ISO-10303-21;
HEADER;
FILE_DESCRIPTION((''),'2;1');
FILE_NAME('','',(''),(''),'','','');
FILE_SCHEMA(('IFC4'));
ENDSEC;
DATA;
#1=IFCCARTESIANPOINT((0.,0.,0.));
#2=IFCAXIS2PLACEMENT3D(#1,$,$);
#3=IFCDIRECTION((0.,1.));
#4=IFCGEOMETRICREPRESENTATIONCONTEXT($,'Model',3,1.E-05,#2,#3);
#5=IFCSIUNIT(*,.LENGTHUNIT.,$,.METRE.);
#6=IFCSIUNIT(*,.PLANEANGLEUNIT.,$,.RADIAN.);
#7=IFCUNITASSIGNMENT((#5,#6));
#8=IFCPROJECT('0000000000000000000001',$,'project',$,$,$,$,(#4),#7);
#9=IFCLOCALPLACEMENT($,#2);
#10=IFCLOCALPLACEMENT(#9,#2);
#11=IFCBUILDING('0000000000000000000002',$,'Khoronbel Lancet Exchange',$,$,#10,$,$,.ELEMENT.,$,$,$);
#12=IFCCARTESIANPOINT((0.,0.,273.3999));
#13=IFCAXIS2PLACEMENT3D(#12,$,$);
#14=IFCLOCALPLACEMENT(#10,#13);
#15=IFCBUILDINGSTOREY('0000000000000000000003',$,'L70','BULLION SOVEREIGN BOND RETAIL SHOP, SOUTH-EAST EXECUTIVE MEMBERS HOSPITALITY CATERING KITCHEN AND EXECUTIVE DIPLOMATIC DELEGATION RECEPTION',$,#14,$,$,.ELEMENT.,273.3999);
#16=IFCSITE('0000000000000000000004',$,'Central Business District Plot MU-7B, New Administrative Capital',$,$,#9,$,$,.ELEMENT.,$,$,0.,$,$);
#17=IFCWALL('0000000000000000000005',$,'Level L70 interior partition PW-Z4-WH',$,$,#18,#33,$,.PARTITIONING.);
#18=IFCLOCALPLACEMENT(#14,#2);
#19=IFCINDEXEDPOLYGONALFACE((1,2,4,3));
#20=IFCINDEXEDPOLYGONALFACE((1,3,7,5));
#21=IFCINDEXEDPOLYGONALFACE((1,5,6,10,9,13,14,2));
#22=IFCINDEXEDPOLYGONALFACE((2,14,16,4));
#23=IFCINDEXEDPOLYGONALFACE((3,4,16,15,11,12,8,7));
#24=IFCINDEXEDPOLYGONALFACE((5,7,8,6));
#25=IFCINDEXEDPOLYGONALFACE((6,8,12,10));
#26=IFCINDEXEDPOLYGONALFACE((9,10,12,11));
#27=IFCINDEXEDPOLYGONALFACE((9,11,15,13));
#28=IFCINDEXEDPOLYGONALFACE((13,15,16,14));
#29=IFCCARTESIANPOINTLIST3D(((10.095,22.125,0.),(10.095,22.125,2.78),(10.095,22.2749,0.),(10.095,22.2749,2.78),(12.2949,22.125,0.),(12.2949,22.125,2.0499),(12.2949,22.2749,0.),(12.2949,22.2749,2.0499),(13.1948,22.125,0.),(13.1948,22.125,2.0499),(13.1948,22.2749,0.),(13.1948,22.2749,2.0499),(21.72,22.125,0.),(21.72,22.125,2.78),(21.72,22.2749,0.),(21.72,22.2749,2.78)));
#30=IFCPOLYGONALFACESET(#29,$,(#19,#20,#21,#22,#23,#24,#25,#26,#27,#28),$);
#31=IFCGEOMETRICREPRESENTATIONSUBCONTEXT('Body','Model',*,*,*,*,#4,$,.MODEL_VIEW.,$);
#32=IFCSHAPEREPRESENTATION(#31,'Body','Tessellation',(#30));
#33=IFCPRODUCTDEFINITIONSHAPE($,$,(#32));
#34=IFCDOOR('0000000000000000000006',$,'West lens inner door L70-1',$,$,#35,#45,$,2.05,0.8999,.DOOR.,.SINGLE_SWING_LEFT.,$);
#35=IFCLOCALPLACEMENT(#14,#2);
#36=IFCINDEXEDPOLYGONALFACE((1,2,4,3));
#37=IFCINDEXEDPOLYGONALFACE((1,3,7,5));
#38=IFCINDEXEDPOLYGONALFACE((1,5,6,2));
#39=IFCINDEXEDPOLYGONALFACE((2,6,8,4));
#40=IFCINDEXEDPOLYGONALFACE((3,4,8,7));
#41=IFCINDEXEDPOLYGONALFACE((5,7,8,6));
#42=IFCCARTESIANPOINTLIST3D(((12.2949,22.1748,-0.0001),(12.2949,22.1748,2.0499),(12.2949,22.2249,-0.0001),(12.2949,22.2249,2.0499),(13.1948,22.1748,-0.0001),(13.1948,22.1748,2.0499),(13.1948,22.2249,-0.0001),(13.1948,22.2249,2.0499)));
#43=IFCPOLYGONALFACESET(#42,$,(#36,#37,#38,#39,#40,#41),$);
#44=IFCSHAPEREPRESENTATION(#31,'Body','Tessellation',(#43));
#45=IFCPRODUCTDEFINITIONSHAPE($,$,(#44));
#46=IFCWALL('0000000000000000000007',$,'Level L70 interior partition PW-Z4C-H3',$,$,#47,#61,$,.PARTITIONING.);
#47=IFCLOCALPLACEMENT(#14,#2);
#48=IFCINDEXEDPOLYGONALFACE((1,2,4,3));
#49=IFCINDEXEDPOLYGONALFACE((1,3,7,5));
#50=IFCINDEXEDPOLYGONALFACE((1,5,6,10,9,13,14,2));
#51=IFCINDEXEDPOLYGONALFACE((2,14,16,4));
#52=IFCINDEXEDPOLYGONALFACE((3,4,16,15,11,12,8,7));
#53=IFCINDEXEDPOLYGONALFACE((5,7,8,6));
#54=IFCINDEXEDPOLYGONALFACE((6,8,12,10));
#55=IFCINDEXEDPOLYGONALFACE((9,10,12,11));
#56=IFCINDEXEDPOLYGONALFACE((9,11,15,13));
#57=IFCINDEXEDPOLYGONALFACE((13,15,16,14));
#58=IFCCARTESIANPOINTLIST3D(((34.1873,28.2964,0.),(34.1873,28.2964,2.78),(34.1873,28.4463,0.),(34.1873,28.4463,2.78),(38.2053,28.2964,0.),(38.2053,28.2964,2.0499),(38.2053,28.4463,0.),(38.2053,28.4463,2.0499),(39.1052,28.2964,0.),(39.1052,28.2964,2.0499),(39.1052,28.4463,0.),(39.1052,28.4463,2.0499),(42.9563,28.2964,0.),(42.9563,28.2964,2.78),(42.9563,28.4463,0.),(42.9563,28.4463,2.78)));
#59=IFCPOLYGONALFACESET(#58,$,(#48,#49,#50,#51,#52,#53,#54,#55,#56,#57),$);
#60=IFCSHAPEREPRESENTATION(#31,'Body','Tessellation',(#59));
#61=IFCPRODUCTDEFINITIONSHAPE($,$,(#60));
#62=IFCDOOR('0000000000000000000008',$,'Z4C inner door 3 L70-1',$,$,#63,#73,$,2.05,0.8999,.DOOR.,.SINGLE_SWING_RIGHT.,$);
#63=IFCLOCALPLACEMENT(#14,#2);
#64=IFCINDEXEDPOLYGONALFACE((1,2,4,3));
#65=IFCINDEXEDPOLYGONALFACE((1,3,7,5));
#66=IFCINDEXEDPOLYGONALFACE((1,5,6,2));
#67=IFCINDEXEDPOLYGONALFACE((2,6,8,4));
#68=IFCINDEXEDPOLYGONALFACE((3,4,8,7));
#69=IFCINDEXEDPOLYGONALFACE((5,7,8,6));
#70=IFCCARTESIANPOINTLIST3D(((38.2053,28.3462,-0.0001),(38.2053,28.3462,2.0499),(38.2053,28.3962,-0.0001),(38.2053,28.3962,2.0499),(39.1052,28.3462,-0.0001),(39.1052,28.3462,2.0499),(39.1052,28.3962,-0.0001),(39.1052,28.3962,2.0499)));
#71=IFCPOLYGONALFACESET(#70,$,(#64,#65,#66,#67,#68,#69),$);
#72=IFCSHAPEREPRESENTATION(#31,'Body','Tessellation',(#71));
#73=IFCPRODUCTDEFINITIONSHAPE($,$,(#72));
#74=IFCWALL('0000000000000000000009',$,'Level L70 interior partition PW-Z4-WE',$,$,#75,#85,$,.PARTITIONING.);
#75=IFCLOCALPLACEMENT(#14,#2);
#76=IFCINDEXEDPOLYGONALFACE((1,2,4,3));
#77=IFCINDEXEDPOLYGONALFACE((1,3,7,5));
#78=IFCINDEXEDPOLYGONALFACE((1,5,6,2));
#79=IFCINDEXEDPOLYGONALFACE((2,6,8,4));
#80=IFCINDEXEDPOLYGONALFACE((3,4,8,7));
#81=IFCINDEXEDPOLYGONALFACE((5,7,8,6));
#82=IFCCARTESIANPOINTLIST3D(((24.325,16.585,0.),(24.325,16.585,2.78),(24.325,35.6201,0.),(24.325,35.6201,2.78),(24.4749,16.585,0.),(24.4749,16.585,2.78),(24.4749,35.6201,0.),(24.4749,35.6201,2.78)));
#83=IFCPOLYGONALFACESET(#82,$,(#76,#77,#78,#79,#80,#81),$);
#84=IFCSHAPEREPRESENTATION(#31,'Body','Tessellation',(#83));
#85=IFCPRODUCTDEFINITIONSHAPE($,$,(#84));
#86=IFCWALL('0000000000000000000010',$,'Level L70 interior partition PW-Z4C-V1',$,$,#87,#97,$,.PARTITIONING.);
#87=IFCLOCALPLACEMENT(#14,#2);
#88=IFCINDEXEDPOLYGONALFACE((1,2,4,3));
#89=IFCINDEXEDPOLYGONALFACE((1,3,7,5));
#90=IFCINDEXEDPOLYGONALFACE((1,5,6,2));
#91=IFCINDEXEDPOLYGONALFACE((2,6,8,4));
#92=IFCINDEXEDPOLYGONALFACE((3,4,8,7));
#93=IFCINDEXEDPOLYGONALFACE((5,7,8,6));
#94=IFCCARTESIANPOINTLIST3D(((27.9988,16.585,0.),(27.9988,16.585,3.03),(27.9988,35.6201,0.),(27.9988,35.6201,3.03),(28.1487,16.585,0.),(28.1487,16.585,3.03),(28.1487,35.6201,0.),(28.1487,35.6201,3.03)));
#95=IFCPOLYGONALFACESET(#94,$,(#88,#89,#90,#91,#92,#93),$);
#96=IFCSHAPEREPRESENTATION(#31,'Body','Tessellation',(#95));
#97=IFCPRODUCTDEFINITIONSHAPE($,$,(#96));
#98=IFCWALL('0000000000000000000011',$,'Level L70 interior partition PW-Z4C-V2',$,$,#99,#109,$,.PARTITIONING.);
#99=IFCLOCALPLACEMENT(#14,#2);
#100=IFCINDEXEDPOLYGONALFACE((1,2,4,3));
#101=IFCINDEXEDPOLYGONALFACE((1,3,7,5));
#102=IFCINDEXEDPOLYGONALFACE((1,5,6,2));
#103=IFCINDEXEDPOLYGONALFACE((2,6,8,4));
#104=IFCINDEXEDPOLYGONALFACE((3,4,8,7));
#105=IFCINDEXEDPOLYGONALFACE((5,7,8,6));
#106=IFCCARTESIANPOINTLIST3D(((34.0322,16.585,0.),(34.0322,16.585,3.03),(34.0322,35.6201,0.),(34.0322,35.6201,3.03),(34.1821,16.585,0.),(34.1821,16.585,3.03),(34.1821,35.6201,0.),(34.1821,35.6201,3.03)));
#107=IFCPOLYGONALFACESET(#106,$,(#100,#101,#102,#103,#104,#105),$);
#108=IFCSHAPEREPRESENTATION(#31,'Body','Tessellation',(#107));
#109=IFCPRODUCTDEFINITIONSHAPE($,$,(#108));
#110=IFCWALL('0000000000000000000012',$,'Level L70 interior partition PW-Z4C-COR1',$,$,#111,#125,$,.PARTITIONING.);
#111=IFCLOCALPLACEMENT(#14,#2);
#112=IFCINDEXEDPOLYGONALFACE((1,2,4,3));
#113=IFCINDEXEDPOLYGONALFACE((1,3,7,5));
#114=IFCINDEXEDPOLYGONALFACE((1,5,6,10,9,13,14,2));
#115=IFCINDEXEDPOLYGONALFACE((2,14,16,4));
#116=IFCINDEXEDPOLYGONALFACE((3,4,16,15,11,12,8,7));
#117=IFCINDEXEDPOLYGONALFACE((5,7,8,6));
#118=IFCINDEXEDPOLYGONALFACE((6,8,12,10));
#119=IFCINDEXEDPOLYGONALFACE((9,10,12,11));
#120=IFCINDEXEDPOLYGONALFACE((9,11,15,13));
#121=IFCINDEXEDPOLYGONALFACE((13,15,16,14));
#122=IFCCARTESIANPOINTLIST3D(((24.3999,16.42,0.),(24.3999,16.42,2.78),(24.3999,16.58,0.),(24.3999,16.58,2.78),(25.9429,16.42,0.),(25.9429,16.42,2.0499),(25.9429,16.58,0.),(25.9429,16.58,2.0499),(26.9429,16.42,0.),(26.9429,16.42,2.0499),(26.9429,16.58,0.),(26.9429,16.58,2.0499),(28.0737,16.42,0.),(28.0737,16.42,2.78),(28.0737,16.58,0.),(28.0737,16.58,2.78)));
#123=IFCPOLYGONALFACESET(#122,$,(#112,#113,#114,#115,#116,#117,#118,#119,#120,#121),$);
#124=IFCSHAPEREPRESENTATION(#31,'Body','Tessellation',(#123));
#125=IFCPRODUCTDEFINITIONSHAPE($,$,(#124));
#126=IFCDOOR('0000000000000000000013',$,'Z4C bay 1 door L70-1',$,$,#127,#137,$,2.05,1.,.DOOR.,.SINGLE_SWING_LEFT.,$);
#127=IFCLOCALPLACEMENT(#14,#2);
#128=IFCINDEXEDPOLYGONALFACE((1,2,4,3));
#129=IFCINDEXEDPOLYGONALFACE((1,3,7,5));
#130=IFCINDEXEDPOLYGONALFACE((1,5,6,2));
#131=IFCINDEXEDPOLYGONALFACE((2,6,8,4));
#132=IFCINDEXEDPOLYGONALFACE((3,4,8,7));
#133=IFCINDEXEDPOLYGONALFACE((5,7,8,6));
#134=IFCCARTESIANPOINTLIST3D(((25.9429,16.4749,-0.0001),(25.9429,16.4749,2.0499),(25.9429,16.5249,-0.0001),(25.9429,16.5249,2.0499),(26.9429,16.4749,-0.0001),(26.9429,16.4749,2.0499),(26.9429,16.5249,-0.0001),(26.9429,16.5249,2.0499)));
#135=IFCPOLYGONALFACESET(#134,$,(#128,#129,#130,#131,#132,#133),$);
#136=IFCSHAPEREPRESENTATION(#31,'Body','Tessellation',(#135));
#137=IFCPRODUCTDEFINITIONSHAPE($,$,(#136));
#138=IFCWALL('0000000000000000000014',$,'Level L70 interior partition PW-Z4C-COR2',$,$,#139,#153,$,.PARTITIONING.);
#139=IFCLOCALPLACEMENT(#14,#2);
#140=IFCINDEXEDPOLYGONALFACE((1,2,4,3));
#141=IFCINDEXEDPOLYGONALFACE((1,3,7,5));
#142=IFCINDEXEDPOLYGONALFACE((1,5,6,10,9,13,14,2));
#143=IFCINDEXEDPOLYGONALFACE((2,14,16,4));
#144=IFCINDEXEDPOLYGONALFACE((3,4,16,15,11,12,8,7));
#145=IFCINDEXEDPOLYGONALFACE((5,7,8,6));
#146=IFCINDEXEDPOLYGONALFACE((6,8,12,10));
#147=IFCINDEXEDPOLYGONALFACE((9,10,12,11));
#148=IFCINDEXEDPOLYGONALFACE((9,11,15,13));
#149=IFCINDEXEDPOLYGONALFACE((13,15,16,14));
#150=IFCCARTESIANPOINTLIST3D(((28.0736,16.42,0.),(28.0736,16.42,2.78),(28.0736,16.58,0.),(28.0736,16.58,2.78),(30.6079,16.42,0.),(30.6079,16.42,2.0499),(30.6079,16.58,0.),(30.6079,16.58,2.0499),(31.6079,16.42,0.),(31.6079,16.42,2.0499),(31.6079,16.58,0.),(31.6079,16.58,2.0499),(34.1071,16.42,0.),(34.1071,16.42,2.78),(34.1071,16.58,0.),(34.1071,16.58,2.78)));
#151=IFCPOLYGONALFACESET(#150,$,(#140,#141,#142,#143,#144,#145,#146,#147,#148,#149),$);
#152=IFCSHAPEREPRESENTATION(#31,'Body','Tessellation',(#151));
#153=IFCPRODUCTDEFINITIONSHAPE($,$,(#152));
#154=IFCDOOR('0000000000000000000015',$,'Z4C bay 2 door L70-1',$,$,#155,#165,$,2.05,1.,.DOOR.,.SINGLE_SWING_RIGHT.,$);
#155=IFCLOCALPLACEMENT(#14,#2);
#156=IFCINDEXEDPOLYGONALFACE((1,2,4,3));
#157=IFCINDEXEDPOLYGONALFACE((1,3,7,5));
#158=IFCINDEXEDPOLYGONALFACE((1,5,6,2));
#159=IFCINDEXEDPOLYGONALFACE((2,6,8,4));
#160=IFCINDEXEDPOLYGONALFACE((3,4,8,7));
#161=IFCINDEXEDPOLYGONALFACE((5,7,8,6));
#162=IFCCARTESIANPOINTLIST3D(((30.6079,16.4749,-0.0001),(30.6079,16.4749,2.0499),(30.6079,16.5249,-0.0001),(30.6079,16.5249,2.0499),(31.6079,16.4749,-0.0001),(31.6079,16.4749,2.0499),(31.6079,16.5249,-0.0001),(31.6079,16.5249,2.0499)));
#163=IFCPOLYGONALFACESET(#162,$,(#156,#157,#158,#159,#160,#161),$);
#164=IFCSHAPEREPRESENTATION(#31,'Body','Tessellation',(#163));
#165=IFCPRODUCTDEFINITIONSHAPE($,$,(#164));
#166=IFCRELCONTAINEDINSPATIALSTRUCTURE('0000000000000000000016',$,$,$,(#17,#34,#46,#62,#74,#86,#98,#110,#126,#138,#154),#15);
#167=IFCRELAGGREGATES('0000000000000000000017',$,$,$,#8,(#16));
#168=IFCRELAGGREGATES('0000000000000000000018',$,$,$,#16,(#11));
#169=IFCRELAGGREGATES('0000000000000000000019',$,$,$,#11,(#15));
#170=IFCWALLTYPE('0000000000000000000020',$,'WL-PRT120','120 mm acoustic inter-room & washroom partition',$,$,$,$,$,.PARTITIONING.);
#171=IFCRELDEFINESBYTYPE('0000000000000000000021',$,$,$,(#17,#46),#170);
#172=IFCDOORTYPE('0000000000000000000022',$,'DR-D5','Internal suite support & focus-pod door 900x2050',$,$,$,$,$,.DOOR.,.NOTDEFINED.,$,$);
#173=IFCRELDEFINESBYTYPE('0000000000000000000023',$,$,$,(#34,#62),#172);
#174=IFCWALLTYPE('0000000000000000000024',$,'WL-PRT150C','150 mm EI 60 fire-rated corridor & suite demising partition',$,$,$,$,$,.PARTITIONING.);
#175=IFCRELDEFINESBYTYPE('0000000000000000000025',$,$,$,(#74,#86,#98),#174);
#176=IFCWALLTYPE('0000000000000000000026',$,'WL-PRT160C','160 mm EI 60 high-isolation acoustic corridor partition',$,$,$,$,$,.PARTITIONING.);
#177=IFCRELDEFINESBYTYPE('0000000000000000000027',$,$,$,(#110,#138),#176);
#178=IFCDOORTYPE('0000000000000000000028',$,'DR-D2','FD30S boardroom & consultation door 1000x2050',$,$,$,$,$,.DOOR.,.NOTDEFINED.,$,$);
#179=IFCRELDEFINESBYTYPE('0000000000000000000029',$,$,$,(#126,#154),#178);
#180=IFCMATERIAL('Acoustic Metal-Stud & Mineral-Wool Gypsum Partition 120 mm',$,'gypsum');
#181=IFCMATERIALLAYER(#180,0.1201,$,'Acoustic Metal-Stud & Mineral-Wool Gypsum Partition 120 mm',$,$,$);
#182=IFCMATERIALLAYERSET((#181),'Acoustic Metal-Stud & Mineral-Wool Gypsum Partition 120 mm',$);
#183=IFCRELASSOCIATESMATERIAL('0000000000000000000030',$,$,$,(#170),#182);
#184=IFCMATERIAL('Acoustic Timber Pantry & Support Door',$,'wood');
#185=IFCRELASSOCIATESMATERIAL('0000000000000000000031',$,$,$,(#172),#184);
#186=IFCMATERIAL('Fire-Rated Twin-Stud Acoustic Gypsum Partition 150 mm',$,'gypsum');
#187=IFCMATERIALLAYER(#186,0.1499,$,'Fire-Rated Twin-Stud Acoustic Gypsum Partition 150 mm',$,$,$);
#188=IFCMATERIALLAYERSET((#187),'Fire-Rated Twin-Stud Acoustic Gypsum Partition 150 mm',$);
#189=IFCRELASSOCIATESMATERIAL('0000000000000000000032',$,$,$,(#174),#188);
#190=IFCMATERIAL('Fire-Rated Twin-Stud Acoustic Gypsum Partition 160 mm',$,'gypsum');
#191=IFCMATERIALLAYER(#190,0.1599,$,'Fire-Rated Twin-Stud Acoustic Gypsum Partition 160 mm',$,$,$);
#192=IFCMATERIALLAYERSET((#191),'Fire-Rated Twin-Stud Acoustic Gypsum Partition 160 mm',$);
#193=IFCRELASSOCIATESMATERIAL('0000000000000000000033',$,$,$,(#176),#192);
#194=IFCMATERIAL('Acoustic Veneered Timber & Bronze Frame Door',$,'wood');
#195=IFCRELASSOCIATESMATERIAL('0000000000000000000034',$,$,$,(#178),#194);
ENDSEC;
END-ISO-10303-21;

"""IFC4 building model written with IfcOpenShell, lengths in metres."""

from ifc_helpers import new_model, si_unit, direction, frame, frame_2d, origin, place, context, subcontext, project, spatial, rectangle, extrude, material, layer, layer_set, type_object, element, fill, save


model = new_model("IFC4")

# Units and contexts
model_context = context("Model", 3, precision=1e-05, world=origin(), true_north=direction((0.0, 1.0)))
body_context = subcontext(model_context, "Body", "Model", "MODEL_VIEW")
ifc_project = project(units=[si_unit("LENGTHUNIT", "METRE"), si_unit("PLANEANGLEUNIT", "RADIAN")], contexts=[model_context])

# Site, building, storey
site_placement = place(None, origin())
site = spatial("IfcSite", under=ifc_project, at=site_placement, Name="Central Business District Plot MU-7B, New Administrative Capital", CompositionType="ELEMENT", RefElevation=0.0)
building_placement = place(site_placement, origin())
building = spatial("IfcBuilding", under=site, at=building_placement, Name="Khoronbel Lancet Exchange", CompositionType="ELEMENT")
storey_placement = place(building_placement, frame((0.0, 0.0, 273.3999)))
storey = spatial("IfcBuildingStorey", under=building, at=storey_placement, Name="L70", Description="BULLION SOVEREIGN BOND RETAIL SHOP, SOUTH-EAST EXECUTIVE MEMBERS HOSPITALITY CATERING KITCHEN AND EXECUTIVE DIPLOMATIC DELEGATION RECEPTION", CompositionType="ELEMENT", Elevation=273.3999)

# Walls, openings, doors
ifc_material_1 = material(Name="Acoustic Metal-Stud & Mineral-Wool Gypsum Partition 120 mm", Category="gypsum")
ifc_layer_1 = layer(ifc_material_1, 0.1201, Name="Acoustic Metal-Stud & Mineral-Wool Gypsum Partition 120 mm")
ifc_layer_set_1 = layer_set([ifc_layer_1], Name="Acoustic Metal-Stud & Mineral-Wool Gypsum Partition 120 mm")
wall_type_1 = type_object("IfcWallType", Name="WL-PRT120", Description="120 mm acoustic inter-room & washroom partition", PredefinedType="PARTITIONING", material=ifc_layer_set_1)
wall_1_placement = place(storey_placement, frame((10.095, 22.2, 0.0), z_axis=(0.0, 0.0, 1.0), x_axis=(1.0, 0.0, 0.0)))
wall_1 = element("IfcWall", 1, at=wall_1_placement, inside=storey, type_object=wall_type_1, Name="Level L70 interior partition PW-Z4-WH", PredefinedType="PARTITIONING", context=body_context, shape_type="SweptSolid", body=[
    extrude(rectangle(XDim=11.625, YDim=0.1499, at=frame_2d((5.8125, 0.0))), origin(), (0.0, 0.0, 1.0), 2.78),
])
opening_1_placement = place(wall_1_placement, frame((2.2, 0.0, 0.0)))
opening_1 = element("IfcOpeningElement", 2, at=opening_1_placement, cuts=wall_1, PredefinedType="OPENING", context=body_context, shape_type="SweptSolid", body=[
    extrude(rectangle(XDim=0.8999, YDim=2.05, at=frame_2d((0.45, 1.0249))), frame((0.0, 0.085, 0.0), z_axis=(0.0, -1.0, 0.0), x_axis=(1.0, 0.0, 0.0)), (0.0, 0.0, 1.0), 0.1699),
])
ifc_material_2 = material(Name="Acoustic Timber Pantry & Support Door", Category="wood")
door_type_1 = type_object("IfcDoorType", Name="DR-D5", Description="Internal suite support & focus-pod door 900x2050", OperationType="NOTDEFINED", PredefinedType="DOOR", material=ifc_material_2)
door_1_placement = place(opening_1_placement, origin())
door_1 = element("IfcDoor", 3, at=door_1_placement, inside=storey, type_object=door_type_1, Name="West lens inner door L70-1", OperationType="SINGLE_SWING_LEFT", OverallHeight=2.05, OverallWidth=0.8999, PredefinedType="DOOR", context=body_context, shape_type="SweptSolid", body=[
    extrude(rectangle(XDim=0.8999, YDim=2.05, at=frame_2d((0.45, 1.0249))), frame((0.0, 0.0249, 0.0), z_axis=(0.0, -1.0, 0.0), x_axis=(1.0, 0.0, 0.0)), (0.0, 0.0, 1.0), 0.05),
])
fill(opening_1, door_1)
wall_2_placement = place(storey_placement, frame((34.1873, 28.3713, 0.0), z_axis=(0.0, 0.0, 1.0), x_axis=(1.0, 0.0, 0.0)))
wall_2 = element("IfcWall", 4, at=wall_2_placement, inside=storey, type_object=wall_type_1, Name="Level L70 interior partition PW-Z4C-H3", PredefinedType="PARTITIONING", context=body_context, shape_type="SweptSolid", body=[
    extrude(rectangle(XDim=8.769, YDim=0.1499, at=frame_2d((4.3845, 0.0))), origin(), (0.0, 0.0, 1.0), 2.78),
])
opening_2_placement = place(wall_2_placement, frame((4.0181, 0.0, 0.0)))
opening_2 = element("IfcOpeningElement", 5, at=opening_2_placement, cuts=wall_2, PredefinedType="OPENING", context=body_context, shape_type="SweptSolid", body=[
    extrude(rectangle(XDim=0.8999, YDim=2.05, at=frame_2d((0.45, 1.0249))), frame((0.0, 0.085, 0.0), z_axis=(0.0, -1.0, 0.0), x_axis=(1.0, 0.0, 0.0)), (0.0, 0.0, 1.0), 0.1699),
])
door_2_placement = place(opening_2_placement, origin())
door_2 = element("IfcDoor", 6, at=door_2_placement, inside=storey, type_object=door_type_1, Name="Z4C inner door 3 L70-1", OperationType="SINGLE_SWING_RIGHT", OverallHeight=2.05, OverallWidth=0.8999, PredefinedType="DOOR", context=body_context, shape_type="SweptSolid", body=[
    extrude(rectangle(XDim=0.8999, YDim=2.05, at=frame_2d((0.45, 1.0249))), frame((0.0, 0.0249, 0.0), z_axis=(0.0, -1.0, 0.0), x_axis=(1.0, 0.0, 0.0)), (0.0, 0.0, 1.0), 0.05),
])
fill(opening_2, door_2)

# Walls
ifc_material_3 = material(Name="Fire-Rated Twin-Stud Acoustic Gypsum Partition 150 mm", Category="gypsum")
ifc_layer_2 = layer(ifc_material_3, 0.1499, Name="Fire-Rated Twin-Stud Acoustic Gypsum Partition 150 mm")
ifc_layer_set_2 = layer_set([ifc_layer_2], Name="Fire-Rated Twin-Stud Acoustic Gypsum Partition 150 mm")
wall_type_2 = type_object("IfcWallType", Name="WL-PRT150C", Description="150 mm EI 60 fire-rated corridor & suite demising partition", PredefinedType="PARTITIONING", material=ifc_layer_set_2)
wall_3_placement = place(storey_placement, frame((24.3999, 16.585, 0.0), z_axis=(0.0, 0.0, 1.0), x_axis=(0.0, 1.0, 0.0)))
element("IfcWall", 7, at=wall_3_placement, inside=storey, type_object=wall_type_2, Name="Level L70 interior partition PW-Z4-WE", PredefinedType="PARTITIONING", context=body_context, shape_type="SweptSolid", body=[
    extrude(rectangle(XDim=19.0352, YDim=0.1499, at=frame_2d((9.5176, 0.0))), origin(), (0.0, 0.0, 1.0), 2.78),
])
for number, where, z_axis, x_axis, name in (
    (8, (28.0737, 16.585, 0.0), (0.0, 0.0, 1.0), (0.0, 1.0, 0.0), "Level L70 interior partition PW-Z4C-V1"),
    (9, (34.1072, 16.585, 0.0), (0.0, 0.0, 1.0), (0.0, 1.0, 0.0), "Level L70 interior partition PW-Z4C-V2"),
):
    element("IfcWall", number, at=place(storey_placement, frame(where, z_axis=z_axis, x_axis=x_axis)), inside=storey, type_object=wall_type_2, Name=name, PredefinedType="PARTITIONING", context=body_context, shape_type="SweptSolid", body=[
        extrude(rectangle(XDim=19.0352, YDim=0.1499, at=frame_2d((9.5176, 0.0))), origin(), (0.0, 0.0, 1.0), 3.03),
    ])

# Walls, openings, doors
ifc_material_4 = material(Name="Fire-Rated Twin-Stud Acoustic Gypsum Partition 160 mm", Category="gypsum")
ifc_layer_3 = layer(ifc_material_4, 0.1599, Name="Fire-Rated Twin-Stud Acoustic Gypsum Partition 160 mm")
ifc_layer_set_3 = layer_set([ifc_layer_3], Name="Fire-Rated Twin-Stud Acoustic Gypsum Partition 160 mm")
wall_type_3 = type_object("IfcWallType", Name="WL-PRT160C", Description="160 mm EI 60 high-isolation acoustic corridor partition", PredefinedType="PARTITIONING", material=ifc_layer_set_3)
wall_4_placement = place(storey_placement, frame((24.3999, 16.5, 0.0), z_axis=(0.0, 0.0, 1.0), x_axis=(1.0, 0.0, 0.0)))
wall_4 = element("IfcWall", 10, at=wall_4_placement, inside=storey, type_object=wall_type_3, Name="Level L70 interior partition PW-Z4C-COR1", PredefinedType="PARTITIONING", context=body_context, shape_type="SweptSolid", body=[
    extrude(rectangle(XDim=3.6738, YDim=0.1599, at=frame_2d((1.8369, 0.0))), origin(), (0.0, 0.0, 1.0), 2.78),
])
opening_3_placement = place(wall_4_placement, frame((1.543, 0.0, 0.0)))
opening_3 = element("IfcOpeningElement", 11, at=opening_3_placement, cuts=wall_4, PredefinedType="OPENING", context=body_context, shape_type="SweptSolid", body=[
    extrude(rectangle(XDim=1.0, YDim=2.05, at=frame_2d((0.5, 1.0249))), frame((0.0, 0.0898, 0.0), z_axis=(0.0, -1.0, 0.0), x_axis=(1.0, 0.0, 0.0)), (0.0, 0.0, 1.0), 0.1799),
])
ifc_material_5 = material(Name="Acoustic Veneered Timber & Bronze Frame Door", Category="wood")
door_type_2 = type_object("IfcDoorType", Name="DR-D2", Description="FD30S boardroom & consultation door 1000x2050", OperationType="NOTDEFINED", PredefinedType="DOOR", material=ifc_material_5)
door_3_placement = place(opening_3_placement, origin())
door_3 = element("IfcDoor", 12, at=door_3_placement, inside=storey, type_object=door_type_2, Name="Z4C bay 1 door L70-1", OperationType="SINGLE_SWING_LEFT", OverallHeight=2.05, OverallWidth=1.0, PredefinedType="DOOR", context=body_context, shape_type="SweptSolid", body=[
    extrude(rectangle(XDim=1.0, YDim=2.05, at=frame_2d((0.5, 1.0249))), frame((0.0, 0.0249, 0.0), z_axis=(0.0, -1.0, 0.0), x_axis=(1.0, 0.0, 0.0)), (0.0, 0.0, 1.0), 0.05),
])
fill(opening_3, door_3)
wall_5_placement = place(storey_placement, frame((28.0737, 16.5, 0.0), z_axis=(0.0, 0.0, 1.0), x_axis=(1.0, 0.0, 0.0)))
wall_5 = element("IfcWall", 13, at=wall_5_placement, inside=storey, type_object=wall_type_3, Name="Level L70 interior partition PW-Z4C-COR2", PredefinedType="PARTITIONING", context=body_context, shape_type="SweptSolid", body=[
    extrude(rectangle(XDim=6.0334, YDim=0.1599, at=frame_2d((3.0166, 0.0))), origin(), (0.0, 0.0, 1.0), 2.78),
])
opening_4_placement = place(wall_5_placement, frame((2.5342, 0.0, 0.0)))
opening_4 = element("IfcOpeningElement", 14, at=opening_4_placement, cuts=wall_5, PredefinedType="OPENING", context=body_context, shape_type="SweptSolid", body=[
    extrude(rectangle(XDim=1.0, YDim=2.05, at=frame_2d((0.5, 1.0249))), frame((0.0, 0.0898, 0.0), z_axis=(0.0, -1.0, 0.0), x_axis=(1.0, 0.0, 0.0)), (0.0, 0.0, 1.0), 0.1799),
])
door_4_placement = place(opening_4_placement, origin())
door_4 = element("IfcDoor", 15, at=door_4_placement, inside=storey, type_object=door_type_2, Name="Z4C bay 2 door L70-1", OperationType="SINGLE_SWING_RIGHT", OverallHeight=2.05, OverallWidth=1.0, PredefinedType="DOOR", context=body_context, shape_type="SweptSolid", body=[
    extrude(rectangle(XDim=1.0, YDim=2.05, at=frame_2d((0.5, 1.0249))), frame((0.0, 0.0249, 0.0), z_axis=(0.0, -1.0, 0.0), x_axis=(1.0, 0.0, 0.0)), (0.0, 0.0, 1.0), 0.05),
])
fill(opening_4, door_4)

save(model, "model.ifc")
